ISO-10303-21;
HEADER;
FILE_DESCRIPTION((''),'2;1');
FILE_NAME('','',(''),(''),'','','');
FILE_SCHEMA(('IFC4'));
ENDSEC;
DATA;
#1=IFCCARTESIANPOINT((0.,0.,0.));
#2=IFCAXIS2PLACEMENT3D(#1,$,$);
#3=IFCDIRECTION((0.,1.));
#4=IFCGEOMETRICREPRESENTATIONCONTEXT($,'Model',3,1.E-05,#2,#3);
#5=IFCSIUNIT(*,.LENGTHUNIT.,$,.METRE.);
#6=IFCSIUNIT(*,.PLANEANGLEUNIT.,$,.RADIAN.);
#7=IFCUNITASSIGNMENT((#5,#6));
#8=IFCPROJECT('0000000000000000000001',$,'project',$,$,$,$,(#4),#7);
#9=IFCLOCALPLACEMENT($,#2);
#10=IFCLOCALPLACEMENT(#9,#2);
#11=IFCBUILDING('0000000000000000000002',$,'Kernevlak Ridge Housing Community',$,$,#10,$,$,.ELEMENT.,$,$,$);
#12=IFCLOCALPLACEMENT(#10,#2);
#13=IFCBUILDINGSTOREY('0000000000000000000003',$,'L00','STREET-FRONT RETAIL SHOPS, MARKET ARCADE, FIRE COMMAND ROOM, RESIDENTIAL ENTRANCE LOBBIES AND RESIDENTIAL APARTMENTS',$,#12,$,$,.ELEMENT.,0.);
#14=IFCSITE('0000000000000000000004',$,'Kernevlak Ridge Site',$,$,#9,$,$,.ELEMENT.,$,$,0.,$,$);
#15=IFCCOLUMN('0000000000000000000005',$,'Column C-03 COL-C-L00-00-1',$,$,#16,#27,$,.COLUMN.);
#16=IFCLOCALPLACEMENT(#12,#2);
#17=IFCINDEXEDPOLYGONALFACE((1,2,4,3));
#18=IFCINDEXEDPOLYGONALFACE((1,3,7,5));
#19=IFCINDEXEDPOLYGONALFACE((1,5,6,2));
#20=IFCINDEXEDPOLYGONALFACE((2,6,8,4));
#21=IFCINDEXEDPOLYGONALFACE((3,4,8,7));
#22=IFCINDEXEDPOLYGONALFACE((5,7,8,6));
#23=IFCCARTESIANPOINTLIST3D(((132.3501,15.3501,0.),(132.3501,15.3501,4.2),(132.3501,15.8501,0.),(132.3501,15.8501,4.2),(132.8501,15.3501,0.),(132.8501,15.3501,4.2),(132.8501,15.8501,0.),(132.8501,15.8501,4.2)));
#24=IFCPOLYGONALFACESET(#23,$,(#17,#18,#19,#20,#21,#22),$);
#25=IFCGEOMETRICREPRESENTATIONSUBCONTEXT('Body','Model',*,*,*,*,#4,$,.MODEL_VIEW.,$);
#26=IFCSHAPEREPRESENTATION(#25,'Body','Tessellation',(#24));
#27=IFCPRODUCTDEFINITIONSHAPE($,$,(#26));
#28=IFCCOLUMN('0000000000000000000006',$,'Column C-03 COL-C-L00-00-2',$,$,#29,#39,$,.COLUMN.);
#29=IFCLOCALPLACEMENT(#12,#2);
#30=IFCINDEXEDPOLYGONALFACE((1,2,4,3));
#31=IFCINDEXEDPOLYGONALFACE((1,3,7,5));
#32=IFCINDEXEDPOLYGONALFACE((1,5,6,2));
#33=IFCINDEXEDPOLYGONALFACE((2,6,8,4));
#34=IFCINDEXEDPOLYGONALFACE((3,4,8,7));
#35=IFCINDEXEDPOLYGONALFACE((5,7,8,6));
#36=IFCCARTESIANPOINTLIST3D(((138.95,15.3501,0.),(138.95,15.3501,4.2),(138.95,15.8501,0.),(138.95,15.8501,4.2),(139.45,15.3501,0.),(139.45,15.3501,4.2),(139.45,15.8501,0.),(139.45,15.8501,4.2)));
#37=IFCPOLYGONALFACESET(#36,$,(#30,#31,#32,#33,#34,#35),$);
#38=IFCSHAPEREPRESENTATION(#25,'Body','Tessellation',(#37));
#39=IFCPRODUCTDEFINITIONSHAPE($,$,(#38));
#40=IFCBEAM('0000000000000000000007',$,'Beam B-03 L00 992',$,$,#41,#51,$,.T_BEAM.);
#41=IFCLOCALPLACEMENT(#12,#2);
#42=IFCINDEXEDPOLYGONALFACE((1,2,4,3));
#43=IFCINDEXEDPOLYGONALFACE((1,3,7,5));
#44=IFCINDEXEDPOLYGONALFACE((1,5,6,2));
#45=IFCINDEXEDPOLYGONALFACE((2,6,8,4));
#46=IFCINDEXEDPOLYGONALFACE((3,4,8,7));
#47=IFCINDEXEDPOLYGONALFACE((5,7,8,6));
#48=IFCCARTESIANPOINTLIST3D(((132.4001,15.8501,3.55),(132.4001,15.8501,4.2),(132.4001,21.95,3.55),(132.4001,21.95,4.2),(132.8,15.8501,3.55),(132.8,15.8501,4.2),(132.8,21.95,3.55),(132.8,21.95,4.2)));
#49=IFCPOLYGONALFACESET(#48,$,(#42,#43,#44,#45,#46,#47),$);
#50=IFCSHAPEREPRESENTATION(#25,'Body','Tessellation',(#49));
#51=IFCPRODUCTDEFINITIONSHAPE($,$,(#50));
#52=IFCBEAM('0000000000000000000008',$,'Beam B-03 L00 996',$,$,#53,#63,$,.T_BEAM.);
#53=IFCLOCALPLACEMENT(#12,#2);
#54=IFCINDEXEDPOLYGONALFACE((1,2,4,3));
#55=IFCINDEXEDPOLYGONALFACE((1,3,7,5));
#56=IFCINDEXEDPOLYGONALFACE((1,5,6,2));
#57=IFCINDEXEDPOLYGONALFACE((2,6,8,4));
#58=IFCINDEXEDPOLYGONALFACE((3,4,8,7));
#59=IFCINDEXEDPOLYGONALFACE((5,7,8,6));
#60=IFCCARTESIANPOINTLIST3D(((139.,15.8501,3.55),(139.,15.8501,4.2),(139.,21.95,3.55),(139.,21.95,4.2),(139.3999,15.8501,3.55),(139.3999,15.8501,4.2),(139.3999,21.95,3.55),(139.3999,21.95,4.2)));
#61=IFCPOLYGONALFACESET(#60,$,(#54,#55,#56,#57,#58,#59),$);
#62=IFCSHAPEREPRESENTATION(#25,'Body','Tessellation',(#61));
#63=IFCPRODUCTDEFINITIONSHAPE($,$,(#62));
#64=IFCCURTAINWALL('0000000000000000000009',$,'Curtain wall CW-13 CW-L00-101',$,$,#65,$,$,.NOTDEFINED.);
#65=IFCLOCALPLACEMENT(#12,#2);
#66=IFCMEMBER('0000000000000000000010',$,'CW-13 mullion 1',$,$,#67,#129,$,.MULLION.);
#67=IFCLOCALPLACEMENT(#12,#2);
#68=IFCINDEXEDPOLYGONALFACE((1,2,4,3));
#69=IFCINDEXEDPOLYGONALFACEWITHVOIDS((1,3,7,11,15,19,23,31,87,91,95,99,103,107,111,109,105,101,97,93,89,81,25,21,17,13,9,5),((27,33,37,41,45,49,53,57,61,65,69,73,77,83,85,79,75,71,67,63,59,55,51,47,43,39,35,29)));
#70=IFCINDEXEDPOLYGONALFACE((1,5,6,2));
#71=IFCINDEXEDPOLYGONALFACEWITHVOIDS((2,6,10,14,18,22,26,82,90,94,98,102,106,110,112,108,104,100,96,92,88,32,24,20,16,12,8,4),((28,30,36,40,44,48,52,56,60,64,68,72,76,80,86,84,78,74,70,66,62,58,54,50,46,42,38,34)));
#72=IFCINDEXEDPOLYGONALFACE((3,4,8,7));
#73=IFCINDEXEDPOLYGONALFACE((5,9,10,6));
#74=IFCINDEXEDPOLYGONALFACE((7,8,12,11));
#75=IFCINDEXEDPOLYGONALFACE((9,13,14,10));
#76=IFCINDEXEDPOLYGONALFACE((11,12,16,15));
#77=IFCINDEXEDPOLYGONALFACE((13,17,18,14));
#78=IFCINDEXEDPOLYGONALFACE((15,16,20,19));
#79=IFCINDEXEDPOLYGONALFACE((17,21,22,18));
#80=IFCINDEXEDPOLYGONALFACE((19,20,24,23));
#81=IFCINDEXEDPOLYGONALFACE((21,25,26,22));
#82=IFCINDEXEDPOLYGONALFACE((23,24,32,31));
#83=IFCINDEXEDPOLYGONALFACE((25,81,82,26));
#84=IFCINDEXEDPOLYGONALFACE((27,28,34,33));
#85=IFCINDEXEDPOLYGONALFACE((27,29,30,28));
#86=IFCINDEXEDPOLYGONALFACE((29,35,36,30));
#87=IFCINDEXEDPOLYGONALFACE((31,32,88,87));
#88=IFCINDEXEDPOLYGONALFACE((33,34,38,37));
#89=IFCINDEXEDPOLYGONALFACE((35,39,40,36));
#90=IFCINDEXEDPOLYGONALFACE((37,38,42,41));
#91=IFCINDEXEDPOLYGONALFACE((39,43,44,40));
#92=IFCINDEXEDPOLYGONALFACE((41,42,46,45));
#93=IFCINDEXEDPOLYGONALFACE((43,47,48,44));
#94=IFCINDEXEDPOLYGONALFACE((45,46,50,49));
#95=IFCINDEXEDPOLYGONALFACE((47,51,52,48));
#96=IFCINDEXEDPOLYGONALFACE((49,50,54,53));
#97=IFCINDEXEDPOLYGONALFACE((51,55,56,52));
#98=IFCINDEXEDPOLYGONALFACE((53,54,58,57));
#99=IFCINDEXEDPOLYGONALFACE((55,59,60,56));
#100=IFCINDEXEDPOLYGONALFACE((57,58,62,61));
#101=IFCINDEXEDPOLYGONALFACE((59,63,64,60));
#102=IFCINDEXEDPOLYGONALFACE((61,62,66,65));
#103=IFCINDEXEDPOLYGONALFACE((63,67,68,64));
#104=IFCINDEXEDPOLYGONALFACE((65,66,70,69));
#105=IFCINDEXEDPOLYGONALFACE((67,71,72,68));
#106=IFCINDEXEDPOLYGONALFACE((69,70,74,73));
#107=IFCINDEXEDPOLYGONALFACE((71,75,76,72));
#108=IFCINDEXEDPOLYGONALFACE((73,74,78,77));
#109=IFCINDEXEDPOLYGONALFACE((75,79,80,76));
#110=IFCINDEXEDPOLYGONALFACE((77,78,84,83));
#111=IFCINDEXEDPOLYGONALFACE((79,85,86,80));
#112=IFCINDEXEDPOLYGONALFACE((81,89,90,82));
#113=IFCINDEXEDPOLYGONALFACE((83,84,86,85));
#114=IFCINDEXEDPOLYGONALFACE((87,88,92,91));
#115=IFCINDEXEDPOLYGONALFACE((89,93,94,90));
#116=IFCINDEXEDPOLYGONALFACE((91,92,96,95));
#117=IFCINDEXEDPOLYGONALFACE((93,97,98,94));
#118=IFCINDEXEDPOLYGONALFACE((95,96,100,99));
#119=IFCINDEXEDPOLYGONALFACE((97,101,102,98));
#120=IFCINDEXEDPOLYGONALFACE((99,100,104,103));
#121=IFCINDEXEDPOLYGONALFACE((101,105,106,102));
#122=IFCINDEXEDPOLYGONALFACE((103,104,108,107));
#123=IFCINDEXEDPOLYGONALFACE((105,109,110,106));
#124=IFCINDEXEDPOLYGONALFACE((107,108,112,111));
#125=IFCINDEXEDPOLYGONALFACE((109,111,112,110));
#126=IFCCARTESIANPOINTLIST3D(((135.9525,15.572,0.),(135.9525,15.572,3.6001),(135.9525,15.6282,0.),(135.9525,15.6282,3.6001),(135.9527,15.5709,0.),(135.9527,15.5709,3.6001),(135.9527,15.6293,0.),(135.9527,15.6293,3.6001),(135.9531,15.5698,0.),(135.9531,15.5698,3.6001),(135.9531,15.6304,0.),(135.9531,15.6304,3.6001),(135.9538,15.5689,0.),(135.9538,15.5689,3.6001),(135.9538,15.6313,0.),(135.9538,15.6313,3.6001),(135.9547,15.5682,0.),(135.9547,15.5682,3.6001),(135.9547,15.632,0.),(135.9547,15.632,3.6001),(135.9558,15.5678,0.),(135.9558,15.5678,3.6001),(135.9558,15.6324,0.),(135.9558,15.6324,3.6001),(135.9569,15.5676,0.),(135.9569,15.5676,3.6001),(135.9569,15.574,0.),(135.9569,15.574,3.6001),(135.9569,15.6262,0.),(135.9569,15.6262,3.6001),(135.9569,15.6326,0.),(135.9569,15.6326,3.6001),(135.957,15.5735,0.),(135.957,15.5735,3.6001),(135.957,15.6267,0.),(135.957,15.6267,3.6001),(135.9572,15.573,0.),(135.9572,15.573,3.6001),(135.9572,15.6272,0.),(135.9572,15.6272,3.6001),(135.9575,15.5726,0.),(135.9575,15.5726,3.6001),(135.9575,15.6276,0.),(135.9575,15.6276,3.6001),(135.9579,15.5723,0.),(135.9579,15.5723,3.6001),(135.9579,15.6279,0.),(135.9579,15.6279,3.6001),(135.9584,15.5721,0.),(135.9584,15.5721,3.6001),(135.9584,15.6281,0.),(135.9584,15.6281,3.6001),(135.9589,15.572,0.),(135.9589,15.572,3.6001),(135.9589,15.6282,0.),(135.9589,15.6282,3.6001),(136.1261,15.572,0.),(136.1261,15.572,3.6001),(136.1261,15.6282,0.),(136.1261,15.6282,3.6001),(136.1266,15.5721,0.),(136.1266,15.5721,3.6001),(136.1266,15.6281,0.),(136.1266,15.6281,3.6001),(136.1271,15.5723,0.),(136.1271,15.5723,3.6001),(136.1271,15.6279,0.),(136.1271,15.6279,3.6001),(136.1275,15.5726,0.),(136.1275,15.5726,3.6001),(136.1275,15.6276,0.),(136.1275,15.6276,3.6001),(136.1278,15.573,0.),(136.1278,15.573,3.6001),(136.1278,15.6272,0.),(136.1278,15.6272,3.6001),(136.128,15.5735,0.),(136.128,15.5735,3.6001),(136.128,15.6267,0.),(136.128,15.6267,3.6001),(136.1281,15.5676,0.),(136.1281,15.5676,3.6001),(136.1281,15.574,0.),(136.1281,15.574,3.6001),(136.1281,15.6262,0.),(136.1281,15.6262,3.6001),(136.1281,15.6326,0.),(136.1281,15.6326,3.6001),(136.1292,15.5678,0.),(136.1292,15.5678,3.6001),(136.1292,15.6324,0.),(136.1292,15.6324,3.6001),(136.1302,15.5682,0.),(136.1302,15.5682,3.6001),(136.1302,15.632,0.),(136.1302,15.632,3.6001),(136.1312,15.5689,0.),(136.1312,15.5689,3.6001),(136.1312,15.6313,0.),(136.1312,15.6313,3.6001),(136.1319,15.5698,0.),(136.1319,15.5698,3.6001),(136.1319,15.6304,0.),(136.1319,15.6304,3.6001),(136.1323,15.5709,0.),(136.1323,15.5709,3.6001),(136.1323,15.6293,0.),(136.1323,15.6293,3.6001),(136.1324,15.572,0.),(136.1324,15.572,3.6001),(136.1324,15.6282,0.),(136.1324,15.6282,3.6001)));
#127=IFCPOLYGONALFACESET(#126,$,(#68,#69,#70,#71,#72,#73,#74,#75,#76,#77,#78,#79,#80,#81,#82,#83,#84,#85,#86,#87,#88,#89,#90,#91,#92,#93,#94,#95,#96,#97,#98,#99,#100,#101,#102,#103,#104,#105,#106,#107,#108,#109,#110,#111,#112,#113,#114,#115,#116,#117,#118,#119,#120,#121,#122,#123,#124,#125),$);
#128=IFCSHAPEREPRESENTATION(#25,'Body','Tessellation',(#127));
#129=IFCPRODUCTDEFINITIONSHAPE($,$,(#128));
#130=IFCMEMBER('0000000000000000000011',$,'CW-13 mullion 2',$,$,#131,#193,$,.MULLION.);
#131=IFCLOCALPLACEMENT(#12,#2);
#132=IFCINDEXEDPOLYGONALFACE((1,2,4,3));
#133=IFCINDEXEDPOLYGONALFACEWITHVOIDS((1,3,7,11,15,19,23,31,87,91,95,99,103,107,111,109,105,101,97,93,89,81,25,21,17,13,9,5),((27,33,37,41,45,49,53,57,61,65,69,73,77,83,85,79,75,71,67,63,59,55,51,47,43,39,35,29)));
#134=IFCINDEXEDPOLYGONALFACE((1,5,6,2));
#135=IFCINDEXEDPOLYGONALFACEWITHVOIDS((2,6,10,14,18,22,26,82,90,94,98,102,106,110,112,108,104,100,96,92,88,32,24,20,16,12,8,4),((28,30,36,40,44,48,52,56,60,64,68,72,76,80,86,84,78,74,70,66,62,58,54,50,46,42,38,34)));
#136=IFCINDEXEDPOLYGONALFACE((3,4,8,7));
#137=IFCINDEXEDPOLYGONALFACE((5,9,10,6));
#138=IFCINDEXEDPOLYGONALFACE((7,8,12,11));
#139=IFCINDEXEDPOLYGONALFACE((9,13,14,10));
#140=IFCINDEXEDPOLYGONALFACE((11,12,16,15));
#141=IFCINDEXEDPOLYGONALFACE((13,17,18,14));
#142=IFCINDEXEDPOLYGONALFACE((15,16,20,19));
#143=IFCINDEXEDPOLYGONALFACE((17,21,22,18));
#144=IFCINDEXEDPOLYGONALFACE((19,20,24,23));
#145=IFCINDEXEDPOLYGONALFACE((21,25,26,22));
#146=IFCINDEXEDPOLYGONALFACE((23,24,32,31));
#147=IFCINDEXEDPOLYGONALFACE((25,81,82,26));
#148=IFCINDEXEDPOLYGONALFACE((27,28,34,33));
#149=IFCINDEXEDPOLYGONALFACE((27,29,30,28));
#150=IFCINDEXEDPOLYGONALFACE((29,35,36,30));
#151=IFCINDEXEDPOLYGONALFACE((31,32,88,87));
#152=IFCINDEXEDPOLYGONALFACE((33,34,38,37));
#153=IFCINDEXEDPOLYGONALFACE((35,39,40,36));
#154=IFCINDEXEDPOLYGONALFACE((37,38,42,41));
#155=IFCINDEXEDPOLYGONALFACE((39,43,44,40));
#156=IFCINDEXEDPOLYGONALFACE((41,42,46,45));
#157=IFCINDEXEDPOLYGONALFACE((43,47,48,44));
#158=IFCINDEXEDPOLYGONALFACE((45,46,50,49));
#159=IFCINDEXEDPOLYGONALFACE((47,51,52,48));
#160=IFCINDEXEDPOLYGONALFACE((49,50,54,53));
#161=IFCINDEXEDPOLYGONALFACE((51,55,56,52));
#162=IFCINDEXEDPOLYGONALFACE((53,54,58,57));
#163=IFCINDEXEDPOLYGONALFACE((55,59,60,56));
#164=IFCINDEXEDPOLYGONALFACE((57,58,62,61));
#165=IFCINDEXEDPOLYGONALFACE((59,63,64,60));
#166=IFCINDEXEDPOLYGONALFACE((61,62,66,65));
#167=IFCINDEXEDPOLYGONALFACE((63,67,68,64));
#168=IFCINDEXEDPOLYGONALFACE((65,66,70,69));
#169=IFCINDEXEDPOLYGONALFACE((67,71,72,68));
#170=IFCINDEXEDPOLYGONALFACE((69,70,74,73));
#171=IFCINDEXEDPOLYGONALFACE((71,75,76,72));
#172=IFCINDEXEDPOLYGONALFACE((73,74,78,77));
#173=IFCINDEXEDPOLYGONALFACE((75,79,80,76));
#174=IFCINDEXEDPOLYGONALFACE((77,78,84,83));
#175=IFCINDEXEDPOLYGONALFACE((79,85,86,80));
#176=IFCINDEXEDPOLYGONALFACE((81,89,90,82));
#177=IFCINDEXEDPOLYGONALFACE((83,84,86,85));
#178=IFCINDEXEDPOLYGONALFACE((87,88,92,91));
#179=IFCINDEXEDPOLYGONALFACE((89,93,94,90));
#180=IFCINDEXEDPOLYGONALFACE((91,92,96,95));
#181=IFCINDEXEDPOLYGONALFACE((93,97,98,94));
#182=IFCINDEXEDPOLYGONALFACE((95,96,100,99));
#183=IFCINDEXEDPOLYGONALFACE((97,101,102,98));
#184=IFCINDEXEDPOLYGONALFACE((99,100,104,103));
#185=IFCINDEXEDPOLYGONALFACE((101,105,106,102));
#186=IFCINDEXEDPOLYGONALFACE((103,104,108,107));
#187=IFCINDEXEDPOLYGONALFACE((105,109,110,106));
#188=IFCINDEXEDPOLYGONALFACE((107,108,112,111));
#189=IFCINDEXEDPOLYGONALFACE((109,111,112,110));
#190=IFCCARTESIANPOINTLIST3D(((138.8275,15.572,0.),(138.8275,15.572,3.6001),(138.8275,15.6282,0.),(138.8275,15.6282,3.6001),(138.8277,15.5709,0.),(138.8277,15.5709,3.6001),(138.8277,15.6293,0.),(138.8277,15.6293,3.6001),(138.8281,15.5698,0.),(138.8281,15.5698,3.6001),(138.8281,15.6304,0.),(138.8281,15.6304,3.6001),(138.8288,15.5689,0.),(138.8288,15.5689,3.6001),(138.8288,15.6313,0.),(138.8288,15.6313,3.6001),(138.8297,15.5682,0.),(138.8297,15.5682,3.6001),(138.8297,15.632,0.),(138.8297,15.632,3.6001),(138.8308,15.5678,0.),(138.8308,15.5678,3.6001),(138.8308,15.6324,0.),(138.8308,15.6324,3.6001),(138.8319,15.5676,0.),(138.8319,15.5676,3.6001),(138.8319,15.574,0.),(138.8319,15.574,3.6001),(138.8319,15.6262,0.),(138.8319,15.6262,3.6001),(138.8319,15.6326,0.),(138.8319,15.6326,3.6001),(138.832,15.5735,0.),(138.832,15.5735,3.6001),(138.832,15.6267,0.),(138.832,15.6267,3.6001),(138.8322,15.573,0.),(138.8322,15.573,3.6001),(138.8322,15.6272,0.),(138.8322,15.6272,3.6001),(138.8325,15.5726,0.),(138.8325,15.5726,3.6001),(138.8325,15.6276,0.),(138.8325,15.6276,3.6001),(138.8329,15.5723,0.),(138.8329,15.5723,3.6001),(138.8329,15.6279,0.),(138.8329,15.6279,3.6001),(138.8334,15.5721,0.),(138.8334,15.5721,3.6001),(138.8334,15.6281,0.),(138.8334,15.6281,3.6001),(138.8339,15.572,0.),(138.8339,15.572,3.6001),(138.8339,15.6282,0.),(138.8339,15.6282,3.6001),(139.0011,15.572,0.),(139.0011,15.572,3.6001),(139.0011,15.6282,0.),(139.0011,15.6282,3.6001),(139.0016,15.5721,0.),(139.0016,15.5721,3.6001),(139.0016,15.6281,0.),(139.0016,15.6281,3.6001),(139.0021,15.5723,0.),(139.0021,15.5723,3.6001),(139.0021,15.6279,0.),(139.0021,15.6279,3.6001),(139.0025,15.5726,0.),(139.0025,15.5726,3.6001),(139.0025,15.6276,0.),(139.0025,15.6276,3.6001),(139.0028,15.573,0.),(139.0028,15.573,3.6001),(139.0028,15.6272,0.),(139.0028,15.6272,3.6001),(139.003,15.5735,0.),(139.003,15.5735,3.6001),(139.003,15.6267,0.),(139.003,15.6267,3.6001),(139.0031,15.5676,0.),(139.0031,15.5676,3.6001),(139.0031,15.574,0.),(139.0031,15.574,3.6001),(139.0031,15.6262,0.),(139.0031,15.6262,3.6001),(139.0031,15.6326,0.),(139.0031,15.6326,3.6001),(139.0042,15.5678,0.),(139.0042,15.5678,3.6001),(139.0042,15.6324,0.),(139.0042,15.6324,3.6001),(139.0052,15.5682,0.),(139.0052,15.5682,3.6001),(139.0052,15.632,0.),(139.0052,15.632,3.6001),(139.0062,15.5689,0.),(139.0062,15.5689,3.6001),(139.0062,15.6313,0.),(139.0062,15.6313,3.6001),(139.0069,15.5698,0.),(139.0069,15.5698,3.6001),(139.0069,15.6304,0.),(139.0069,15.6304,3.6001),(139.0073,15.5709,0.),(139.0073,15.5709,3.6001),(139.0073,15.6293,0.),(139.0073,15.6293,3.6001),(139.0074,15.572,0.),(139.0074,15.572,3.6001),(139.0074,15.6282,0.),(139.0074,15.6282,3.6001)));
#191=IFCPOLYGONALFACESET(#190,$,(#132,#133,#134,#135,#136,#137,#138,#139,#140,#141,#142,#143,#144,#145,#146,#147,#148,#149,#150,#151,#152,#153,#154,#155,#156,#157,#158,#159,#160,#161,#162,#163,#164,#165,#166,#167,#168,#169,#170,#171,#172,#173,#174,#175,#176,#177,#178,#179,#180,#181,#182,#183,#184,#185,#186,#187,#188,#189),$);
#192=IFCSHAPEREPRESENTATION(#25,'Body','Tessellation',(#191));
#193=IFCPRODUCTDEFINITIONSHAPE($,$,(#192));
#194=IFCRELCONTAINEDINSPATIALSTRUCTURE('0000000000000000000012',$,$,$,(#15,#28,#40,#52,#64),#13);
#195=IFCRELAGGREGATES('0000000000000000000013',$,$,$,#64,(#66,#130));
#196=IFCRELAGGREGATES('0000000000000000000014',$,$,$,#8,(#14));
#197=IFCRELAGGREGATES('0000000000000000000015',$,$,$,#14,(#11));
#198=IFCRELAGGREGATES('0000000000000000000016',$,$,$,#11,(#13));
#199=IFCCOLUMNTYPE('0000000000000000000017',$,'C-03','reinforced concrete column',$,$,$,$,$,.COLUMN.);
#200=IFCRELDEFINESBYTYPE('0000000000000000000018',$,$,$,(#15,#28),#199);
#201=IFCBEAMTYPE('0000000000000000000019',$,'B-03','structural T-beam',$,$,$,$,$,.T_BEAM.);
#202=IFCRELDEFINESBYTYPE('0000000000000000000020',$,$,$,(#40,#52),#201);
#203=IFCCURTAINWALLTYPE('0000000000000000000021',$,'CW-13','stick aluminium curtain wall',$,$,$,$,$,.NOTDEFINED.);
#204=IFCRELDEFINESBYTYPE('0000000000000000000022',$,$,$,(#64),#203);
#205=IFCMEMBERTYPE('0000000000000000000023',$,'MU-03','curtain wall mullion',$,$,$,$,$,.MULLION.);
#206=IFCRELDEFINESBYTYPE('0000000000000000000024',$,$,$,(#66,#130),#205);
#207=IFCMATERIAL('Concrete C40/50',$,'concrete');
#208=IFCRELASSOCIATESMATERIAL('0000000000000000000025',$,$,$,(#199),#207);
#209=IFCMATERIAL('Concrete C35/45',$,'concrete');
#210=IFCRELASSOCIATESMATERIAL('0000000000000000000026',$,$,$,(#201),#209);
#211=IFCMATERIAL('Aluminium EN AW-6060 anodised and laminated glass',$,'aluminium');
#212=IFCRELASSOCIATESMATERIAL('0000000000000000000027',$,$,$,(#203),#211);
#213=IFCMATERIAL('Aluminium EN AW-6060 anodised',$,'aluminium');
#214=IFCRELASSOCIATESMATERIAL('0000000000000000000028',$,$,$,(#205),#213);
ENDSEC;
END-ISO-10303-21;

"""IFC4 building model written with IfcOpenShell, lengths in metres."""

from ifc_helpers import new_model, si_unit, direction, frame, origin, origin_2d, place, context, subcontext, project, spatial, rectangle, hollow_rectangle, extrude, material, material_profile, profile_set, type_object, element, aggregate, save


model = new_model("IFC4")

# Units and contexts
model_context = context("Model", 3, precision=1e-05, world=origin(), true_north=direction((0.0, 1.0)))
body_context = subcontext(model_context, "Body", "Model", "MODEL_VIEW")
ifc_project = project(units=[si_unit("LENGTHUNIT", "METRE"), si_unit("PLANEANGLEUNIT", "RADIAN")], contexts=[model_context])

# Site, building, storey
site_placement = place(None, origin())
site = spatial("IfcSite", under=ifc_project, at=site_placement, Name="Kernevlak Ridge Site", CompositionType="ELEMENT", RefElevation=0.0)
building_placement = place(site_placement, origin())
building = spatial("IfcBuilding", under=site, at=building_placement, Name="Kernevlak Ridge Housing Community", CompositionType="ELEMENT")
storey_placement = place(building_placement, origin())
storey = spatial("IfcBuildingStorey", under=building, at=storey_placement, Name="L00", Description="STREET-FRONT RETAIL SHOPS, MARKET ARCADE, FIRE COMMAND ROOM, RESIDENTIAL ENTRANCE LOBBIES AND RESIDENTIAL APARTMENTS", CompositionType="ELEMENT", Elevation=0.0)

# Columns
ifc_material_1 = material(Name="Concrete C40/50", Category="concrete")
ifc_material_profile_1 = material_profile(ifc_material_1, rectangle(XDim=0.5, YDim=0.5, at=origin_2d()), Name="RC 500x500")
ifc_profile_set_1 = profile_set([ifc_material_profile_1], Name="Concrete C40/50")
column_type = type_object("IfcColumnType", Name="C-03", Description="reinforced concrete column", PredefinedType="COLUMN", material=ifc_profile_set_1)
for number, where, z_axis, x_axis, name in (
    (1, (132.6001, 15.6001, 0.0), (0.0, 0.0, 1.0), (1.0, 0.0, 0.0), "Column C-03 COL-C-L00-00-1"),
    (2, (139.2, 15.6001, 0.0), (0.0, 0.0, 1.0), (1.0, 0.0, 0.0), "Column C-03 COL-C-L00-00-2"),
):
    element("IfcColumn", number, at=place(storey_placement, frame(where, z_axis=z_axis, x_axis=x_axis)), inside=storey, type_object=column_type, Name=name, PredefinedType="COLUMN", context=body_context, shape_type="SweptSolid", body=[
        extrude(rectangle(XDim=0.5, YDim=0.5, at=origin_2d()), origin(), (0.0, 0.0, 1.0), 4.2),
    ])

# Beams
ifc_material_2 = material(Name="Concrete C35/45", Category="concrete")
ifc_material_profile_2 = material_profile(ifc_material_2, rectangle(XDim=0.3999, YDim=0.6499, at=origin_2d()), Name="RC 400x650")
ifc_profile_set_2 = profile_set([ifc_material_profile_2], Name="Concrete C35/45")
beam_type_1 = type_object("IfcBeamType", Name="B-03", Description="structural T-beam", PredefinedType="T_BEAM", material=ifc_profile_set_2)
for number, where, z_axis, x_axis, name in (
    (3, (132.6001, 15.8501, 3.875), (0.0, 1.0, 0.0), (-1.0, 0.0, 0.0), "Beam B-03 L00 992"),
    (4, (139.2, 15.8501, 3.875), (0.0, 1.0, 0.0), (-1.0, 0.0, 0.0), "Beam B-03 L00 996"),
):
    element("IfcBeam", number, at=place(storey_placement, frame(where, z_axis=z_axis, x_axis=x_axis)), inside=storey, type_object=beam_type_1, Name=name, PredefinedType="T_BEAM", context=body_context, shape_type="SweptSolid", body=[
        extrude(rectangle(XDim=0.3999, YDim=0.6499, at=origin_2d()), origin(), (0.0, 0.0, 1.0), 6.0999),
    ])

# Curtain wall, members
ifc_material_3 = material(Name="Aluminium EN AW-6060 anodised and laminated glass", Category="aluminium")
curtain_wall_type = type_object("IfcCurtainWallType", Name="CW-13", Description="stick aluminium curtain wall", PredefinedType="NOTDEFINED", material=ifc_material_3)
curtain_wall_placement = place(storey_placement, origin())
curtain_wall = element("IfcCurtainWall", 5, at=curtain_wall_placement, inside=storey, type_object=curtain_wall_type, Name="Curtain wall CW-13 CW-L00-101", PredefinedType="NOTDEFINED")
ifc_material_4 = material(Name="Aluminium EN AW-6060 anodised", Category="aluminium")
ifc_material_profile_3 = material_profile(ifc_material_4, hollow_rectangle(XDim=0.0649, YDim=0.1799, WallThickness=0.0044, InnerFilletRadius=0.002, OuterFilletRadius=0.0044, at=origin_2d()), Name="ALU 65x180x4.5")
ifc_profile_set_3 = profile_set([ifc_material_profile_3], Name="Aluminium EN AW-6060 anodised")
member_type_1 = type_object("IfcMemberType", Name="MU-03", Description="curtain wall mullion", PredefinedType="MULLION", material=ifc_profile_set_3)
member_1_placement = place(storey_placement, frame((136.0425, 15.6001, 0.0), z_axis=(0.0, 0.0, 1.0), x_axis=(0.0, 1.0, 0.0)))
member_1 = element("IfcMember", 6, at=member_1_placement, type_object=member_type_1, Name="CW-13 mullion 1", PredefinedType="MULLION", context=body_context, shape_type="SweptSolid", body=[
    extrude(hollow_rectangle(XDim=0.0649, YDim=0.1799, WallThickness=0.0044, InnerFilletRadius=0.002, OuterFilletRadius=0.0044, at=origin_2d()), origin(), (0.0, 0.0, 1.0), 3.6001),
])
member_2_placement = place(storey_placement, frame((138.9175, 15.6001, 0.0), z_axis=(0.0, 0.0, 1.0), x_axis=(0.0, 1.0, 0.0)))
member_2 = element("IfcMember", 7, at=member_2_placement, type_object=member_type_1, Name="CW-13 mullion 2", PredefinedType="MULLION", context=body_context, shape_type="SweptSolid", body=[
    extrude(hollow_rectangle(XDim=0.0649, YDim=0.1799, WallThickness=0.0044, InnerFilletRadius=0.002, OuterFilletRadius=0.0044, at=origin_2d()), origin(), (0.0, 0.0, 1.0), 3.6001),
])

aggregate(curtain_wall, [member_1, member_2])

save(model, "model.ifc")
